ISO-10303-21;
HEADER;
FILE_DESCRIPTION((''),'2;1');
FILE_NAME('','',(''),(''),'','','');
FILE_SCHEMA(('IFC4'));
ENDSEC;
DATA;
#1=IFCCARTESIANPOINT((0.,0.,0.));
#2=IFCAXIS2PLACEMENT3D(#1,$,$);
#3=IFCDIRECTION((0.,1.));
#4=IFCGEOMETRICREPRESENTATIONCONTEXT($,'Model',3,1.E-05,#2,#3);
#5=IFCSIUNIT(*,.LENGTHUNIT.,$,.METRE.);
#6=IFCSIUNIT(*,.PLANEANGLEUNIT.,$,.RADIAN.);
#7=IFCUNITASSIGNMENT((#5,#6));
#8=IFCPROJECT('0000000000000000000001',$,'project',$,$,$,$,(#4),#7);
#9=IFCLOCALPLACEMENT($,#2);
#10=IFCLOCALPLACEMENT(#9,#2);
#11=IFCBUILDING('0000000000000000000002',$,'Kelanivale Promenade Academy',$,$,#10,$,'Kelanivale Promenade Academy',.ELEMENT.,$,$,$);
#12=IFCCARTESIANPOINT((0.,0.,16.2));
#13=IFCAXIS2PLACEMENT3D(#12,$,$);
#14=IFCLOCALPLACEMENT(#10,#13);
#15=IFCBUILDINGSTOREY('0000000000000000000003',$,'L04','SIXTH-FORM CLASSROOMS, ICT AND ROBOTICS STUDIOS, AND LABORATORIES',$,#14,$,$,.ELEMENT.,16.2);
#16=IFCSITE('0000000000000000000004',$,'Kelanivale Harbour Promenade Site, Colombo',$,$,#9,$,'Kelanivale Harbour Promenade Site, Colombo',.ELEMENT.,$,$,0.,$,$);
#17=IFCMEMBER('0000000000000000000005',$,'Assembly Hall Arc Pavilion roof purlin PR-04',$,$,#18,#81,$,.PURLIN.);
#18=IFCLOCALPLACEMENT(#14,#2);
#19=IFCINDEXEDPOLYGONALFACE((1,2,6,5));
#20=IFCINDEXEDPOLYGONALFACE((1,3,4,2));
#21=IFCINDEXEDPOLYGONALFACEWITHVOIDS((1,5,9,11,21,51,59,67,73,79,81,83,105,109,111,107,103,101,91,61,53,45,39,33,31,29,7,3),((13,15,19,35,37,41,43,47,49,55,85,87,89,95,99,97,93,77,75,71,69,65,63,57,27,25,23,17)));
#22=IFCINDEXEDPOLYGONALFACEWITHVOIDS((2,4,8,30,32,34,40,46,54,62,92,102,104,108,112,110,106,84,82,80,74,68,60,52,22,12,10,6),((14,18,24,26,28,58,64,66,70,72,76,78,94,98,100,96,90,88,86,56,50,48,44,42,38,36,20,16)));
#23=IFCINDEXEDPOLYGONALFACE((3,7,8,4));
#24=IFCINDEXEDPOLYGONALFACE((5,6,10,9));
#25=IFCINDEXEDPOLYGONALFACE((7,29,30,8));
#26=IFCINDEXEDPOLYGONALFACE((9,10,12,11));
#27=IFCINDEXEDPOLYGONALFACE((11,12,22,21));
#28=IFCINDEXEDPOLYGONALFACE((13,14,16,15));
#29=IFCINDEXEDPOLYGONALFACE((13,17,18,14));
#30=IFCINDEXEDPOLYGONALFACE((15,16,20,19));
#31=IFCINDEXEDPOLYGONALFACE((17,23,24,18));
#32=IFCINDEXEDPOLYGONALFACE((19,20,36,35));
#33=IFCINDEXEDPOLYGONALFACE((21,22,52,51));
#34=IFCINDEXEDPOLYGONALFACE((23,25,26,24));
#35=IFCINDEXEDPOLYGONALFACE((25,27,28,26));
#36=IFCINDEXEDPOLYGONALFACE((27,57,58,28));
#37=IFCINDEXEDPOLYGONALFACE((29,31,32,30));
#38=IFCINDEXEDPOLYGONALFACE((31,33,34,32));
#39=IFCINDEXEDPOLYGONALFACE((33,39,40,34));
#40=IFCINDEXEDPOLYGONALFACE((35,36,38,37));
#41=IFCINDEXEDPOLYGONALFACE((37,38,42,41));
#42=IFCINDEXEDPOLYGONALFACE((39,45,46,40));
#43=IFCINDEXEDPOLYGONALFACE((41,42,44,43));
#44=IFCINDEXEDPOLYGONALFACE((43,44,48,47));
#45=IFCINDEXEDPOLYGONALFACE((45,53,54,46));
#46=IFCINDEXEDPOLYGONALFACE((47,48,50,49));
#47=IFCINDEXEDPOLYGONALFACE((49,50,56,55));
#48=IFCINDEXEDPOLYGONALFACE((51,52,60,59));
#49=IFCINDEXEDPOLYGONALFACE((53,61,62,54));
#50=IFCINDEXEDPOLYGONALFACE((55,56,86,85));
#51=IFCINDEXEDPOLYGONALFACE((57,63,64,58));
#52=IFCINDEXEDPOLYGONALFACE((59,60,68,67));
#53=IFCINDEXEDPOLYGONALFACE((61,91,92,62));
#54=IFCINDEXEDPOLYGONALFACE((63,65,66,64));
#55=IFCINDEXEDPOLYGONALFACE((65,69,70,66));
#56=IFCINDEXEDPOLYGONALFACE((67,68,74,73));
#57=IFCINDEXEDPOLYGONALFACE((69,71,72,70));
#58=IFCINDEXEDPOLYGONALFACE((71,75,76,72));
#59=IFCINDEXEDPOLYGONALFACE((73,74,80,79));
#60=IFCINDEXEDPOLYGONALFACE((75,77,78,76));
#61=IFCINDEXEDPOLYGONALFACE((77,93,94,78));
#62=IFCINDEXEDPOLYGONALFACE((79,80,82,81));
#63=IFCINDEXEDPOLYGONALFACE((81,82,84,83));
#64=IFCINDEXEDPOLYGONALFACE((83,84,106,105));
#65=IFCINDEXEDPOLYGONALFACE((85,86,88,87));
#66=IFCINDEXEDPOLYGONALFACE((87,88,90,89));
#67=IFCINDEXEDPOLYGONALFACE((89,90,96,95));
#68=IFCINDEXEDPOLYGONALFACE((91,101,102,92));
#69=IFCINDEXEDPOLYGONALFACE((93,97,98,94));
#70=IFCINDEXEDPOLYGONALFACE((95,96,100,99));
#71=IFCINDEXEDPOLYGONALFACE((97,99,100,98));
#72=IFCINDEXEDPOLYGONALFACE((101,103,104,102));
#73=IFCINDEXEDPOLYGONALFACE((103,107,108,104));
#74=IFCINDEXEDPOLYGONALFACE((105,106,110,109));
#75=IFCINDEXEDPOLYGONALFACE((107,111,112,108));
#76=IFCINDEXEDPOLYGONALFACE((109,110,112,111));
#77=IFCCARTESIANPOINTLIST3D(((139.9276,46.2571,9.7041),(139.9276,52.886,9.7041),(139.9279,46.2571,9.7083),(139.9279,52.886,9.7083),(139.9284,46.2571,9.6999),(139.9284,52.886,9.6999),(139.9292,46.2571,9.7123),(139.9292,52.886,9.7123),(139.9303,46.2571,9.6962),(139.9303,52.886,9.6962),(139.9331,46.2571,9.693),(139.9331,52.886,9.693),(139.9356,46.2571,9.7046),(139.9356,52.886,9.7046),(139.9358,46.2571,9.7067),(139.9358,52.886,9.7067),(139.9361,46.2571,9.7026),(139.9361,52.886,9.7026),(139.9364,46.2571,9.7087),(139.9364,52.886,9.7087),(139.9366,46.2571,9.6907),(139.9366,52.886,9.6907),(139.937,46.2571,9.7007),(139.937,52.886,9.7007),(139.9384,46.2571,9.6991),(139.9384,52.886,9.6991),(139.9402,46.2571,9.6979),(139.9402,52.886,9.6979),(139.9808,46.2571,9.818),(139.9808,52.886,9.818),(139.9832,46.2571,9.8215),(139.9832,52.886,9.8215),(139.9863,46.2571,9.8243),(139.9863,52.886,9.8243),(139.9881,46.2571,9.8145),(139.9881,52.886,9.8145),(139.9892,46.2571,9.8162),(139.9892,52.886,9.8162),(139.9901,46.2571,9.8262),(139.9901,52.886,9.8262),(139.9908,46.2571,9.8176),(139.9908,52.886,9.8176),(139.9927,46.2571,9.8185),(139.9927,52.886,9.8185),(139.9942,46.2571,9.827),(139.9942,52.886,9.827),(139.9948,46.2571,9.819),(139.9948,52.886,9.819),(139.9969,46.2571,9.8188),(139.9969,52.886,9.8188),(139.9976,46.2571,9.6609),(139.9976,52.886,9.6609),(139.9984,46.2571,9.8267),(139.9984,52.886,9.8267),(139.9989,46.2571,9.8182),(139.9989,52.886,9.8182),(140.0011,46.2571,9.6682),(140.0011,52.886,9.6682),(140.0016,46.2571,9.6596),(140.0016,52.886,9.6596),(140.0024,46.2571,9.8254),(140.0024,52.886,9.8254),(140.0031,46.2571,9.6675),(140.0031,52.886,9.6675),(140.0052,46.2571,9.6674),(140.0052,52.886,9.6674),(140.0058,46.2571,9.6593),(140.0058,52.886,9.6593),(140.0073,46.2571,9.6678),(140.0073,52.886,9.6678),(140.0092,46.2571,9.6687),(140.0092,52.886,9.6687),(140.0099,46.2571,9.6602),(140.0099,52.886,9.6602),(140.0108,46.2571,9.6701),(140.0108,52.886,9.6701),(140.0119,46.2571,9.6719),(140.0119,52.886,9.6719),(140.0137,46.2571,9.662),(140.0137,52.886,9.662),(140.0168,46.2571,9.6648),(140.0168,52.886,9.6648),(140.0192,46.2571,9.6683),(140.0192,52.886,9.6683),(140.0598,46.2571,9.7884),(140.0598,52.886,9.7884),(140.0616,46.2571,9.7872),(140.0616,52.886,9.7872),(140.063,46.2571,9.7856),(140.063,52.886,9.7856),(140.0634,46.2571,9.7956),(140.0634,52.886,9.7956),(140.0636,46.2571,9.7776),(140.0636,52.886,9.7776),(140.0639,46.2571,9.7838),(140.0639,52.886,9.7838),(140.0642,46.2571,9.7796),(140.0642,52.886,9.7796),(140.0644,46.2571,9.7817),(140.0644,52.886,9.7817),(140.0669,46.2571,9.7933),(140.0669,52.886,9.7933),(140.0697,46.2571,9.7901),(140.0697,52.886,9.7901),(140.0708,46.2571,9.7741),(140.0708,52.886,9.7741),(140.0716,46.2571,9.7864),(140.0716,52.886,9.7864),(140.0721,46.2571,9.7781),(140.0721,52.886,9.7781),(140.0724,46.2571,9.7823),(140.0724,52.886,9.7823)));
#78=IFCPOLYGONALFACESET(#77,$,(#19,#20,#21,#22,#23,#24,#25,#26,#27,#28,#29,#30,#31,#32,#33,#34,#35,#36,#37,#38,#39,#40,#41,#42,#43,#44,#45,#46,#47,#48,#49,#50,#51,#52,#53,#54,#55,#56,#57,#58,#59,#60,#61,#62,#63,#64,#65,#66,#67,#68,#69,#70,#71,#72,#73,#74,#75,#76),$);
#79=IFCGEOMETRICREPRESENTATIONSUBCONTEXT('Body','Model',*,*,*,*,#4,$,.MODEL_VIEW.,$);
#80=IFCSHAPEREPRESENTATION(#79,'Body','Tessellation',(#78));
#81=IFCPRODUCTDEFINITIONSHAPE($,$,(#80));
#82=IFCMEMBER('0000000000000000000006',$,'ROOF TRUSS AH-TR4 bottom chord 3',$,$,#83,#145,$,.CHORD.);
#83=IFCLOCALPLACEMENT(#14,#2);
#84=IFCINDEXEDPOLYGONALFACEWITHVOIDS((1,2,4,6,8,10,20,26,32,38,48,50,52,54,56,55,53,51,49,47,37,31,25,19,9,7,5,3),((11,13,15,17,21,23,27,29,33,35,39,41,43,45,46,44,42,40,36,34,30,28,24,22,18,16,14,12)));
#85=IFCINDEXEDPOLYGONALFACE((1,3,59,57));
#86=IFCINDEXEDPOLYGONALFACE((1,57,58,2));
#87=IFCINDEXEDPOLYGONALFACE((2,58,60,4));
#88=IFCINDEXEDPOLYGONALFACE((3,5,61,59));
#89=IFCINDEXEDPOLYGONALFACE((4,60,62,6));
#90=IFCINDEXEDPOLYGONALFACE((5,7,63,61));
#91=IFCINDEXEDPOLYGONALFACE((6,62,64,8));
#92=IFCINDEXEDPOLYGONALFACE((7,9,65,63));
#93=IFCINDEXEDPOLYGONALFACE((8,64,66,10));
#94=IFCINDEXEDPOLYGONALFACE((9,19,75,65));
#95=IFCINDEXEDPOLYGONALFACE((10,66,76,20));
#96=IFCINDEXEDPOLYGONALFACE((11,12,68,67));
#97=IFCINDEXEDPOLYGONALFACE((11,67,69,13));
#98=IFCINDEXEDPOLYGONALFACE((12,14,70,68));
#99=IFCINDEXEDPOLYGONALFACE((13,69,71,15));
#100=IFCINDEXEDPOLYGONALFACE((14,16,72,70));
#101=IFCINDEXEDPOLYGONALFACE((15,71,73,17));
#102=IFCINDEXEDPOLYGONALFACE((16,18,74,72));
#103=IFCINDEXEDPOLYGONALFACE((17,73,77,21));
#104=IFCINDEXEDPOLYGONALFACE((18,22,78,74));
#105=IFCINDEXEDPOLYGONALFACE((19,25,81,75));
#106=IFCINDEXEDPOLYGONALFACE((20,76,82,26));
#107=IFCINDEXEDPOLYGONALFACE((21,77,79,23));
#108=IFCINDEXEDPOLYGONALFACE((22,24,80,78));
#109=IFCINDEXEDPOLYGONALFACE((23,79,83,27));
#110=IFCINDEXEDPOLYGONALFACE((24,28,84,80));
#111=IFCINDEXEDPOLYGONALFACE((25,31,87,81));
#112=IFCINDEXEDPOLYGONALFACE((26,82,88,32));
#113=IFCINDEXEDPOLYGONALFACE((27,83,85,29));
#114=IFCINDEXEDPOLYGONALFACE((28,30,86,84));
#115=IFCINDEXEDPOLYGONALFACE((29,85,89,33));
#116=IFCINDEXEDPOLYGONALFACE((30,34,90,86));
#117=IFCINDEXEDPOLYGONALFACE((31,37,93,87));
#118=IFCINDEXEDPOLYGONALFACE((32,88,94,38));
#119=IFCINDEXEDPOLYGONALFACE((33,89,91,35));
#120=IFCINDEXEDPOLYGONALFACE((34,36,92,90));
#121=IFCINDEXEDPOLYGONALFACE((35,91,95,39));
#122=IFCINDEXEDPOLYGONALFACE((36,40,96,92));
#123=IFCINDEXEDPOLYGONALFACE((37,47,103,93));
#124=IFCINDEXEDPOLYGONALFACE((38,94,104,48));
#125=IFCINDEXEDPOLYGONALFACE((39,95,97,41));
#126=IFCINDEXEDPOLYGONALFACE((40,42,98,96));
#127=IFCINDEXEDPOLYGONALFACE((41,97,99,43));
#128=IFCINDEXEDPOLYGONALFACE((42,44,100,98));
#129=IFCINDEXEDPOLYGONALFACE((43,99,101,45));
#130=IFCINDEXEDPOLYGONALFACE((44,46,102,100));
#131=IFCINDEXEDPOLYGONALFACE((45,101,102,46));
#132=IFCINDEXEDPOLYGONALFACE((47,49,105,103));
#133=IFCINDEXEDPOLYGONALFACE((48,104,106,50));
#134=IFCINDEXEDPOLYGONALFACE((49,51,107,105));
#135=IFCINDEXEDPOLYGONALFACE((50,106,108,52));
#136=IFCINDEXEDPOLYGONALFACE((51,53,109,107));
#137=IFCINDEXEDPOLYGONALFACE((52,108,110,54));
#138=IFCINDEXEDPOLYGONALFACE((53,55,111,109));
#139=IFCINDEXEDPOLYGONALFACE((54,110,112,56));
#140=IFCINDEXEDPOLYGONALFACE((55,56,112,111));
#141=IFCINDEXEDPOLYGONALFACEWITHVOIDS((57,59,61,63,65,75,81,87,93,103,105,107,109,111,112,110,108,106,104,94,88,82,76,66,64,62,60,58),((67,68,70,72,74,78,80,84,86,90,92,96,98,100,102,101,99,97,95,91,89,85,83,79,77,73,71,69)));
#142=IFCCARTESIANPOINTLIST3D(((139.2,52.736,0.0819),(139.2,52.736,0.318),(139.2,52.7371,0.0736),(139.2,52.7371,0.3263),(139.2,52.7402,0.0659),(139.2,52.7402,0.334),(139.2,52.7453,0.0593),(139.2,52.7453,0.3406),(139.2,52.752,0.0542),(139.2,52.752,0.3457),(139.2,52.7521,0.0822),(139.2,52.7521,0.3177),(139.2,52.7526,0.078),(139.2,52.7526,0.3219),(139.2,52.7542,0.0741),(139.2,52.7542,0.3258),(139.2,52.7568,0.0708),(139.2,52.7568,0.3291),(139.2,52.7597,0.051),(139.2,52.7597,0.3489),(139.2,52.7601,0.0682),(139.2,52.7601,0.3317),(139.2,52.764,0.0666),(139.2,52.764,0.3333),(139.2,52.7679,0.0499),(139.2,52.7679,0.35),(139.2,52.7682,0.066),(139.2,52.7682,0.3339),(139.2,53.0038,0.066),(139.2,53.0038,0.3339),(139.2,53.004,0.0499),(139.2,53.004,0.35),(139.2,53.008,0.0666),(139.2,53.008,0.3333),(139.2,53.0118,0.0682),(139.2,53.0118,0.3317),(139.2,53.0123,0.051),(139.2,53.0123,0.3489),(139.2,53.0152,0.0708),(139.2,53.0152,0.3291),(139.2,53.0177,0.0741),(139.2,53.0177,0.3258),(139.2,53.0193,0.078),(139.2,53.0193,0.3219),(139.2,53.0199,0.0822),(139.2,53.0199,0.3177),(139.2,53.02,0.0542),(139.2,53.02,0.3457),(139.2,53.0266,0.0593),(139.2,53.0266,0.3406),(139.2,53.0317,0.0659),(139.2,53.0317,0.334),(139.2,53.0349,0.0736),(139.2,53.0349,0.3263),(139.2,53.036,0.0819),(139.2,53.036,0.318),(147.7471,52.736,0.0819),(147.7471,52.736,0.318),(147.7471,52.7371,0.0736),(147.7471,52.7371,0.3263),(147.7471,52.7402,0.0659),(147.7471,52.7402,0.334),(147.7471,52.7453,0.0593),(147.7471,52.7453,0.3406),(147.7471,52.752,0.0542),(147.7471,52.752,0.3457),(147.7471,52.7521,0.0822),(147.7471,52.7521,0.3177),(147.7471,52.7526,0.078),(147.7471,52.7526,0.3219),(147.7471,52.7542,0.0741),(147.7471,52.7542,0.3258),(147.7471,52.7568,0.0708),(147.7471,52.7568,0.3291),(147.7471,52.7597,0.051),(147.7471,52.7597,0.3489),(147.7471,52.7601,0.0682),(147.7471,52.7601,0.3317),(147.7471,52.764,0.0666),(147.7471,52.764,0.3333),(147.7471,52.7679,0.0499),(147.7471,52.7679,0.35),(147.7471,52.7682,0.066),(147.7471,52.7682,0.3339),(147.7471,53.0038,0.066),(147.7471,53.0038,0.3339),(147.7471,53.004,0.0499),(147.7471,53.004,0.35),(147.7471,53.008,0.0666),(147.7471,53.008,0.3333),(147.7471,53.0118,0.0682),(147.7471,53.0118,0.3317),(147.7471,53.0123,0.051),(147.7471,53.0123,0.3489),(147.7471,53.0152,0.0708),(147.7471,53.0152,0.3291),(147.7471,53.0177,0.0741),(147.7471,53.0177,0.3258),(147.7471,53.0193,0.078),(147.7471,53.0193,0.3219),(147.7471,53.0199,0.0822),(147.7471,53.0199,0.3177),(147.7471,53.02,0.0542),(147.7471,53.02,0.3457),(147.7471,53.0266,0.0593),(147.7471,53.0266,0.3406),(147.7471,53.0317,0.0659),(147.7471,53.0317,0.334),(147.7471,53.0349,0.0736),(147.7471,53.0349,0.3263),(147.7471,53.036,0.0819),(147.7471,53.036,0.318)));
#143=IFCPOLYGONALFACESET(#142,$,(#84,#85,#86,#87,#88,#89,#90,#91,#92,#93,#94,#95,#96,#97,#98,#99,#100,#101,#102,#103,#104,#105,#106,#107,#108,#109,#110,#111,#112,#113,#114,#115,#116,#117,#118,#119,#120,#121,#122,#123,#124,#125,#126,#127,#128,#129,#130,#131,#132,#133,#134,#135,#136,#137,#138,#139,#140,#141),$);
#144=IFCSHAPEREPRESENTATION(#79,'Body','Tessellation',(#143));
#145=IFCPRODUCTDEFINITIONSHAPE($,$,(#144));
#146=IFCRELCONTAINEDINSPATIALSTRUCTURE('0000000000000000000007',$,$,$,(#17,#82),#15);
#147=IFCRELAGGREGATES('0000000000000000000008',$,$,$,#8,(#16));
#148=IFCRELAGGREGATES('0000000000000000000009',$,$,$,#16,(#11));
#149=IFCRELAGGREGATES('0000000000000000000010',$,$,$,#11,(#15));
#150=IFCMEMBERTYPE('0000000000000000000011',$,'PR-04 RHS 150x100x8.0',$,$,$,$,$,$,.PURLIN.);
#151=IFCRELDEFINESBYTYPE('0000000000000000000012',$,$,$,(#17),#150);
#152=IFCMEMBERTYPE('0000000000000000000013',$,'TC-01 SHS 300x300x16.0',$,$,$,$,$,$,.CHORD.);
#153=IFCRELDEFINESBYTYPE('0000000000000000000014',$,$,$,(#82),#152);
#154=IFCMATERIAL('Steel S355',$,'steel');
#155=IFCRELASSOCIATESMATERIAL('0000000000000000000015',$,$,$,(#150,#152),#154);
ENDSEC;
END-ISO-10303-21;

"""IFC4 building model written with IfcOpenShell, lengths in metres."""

from ifc_helpers import new_model, si_unit, direction, frame, origin, origin_2d, place, context, subcontext, project, spatial, hollow_rectangle, extrude, material, material_profile, profile_set, type_object, element, save


model = new_model("IFC4")

# Units and contexts
model_context = context("Model", 3, precision=1e-05, world=origin(), true_north=direction((0.0, 1.0)))
body_context = subcontext(model_context, "Body", "Model", "MODEL_VIEW")
ifc_project = project(units=[si_unit("LENGTHUNIT", "METRE"), si_unit("PLANEANGLEUNIT", "RADIAN")], contexts=[model_context])

# Site, building, storey
site_placement = place(None, origin())
site = spatial("IfcSite", under=ifc_project, at=site_placement, Name="Kelanivale Harbour Promenade Site, Colombo", LongName="Kelanivale Harbour Promenade Site, Colombo", CompositionType="ELEMENT", RefElevation=0.0)
building_placement = place(site_placement, origin())
building = spatial("IfcBuilding", under=site, at=building_placement, Name="Kelanivale Promenade Academy", LongName="Kelanivale Promenade Academy", CompositionType="ELEMENT")
storey_placement = place(building_placement, frame((0.0, 0.0, 16.2)))
storey = spatial("IfcBuildingStorey", under=building, at=storey_placement, Name="L04", Description="SIXTH-FORM CLASSROOMS, ICT AND ROBOTICS STUDIOS, AND LABORATORIES", CompositionType="ELEMENT", Elevation=16.2)

# Members
ifc_material_1 = material(Name="Steel S355", Category="steel")
ifc_material_profile_1 = material_profile(ifc_material_1, hollow_rectangle(XDim=0.1001, YDim=0.1499, WallThickness=0.0081, InnerFilletRadius=0.0081, OuterFilletRadius=0.0161, at=origin_2d()), Name="RHS 150x100x8.0")
ifc_profile_set_1 = profile_set([ifc_material_profile_1], Name="Steel S355")
member_type_1 = type_object("IfcMemberType", Name="PR-04 RHS 150x100x8.0", PredefinedType="PURLIN", material=ifc_profile_set_1)
member_1_placement = place(storey_placement, frame((140.0, 46.2571, 9.7432), z_axis=(0.0, 1.0, 0.0), x_axis=(-0.898564, 0.0, 0.438842)))
element("IfcMember", 1, at=member_1_placement, inside=storey, type_object=member_type_1, Name="Assembly Hall Arc Pavilion roof purlin PR-04", PredefinedType="PURLIN", context=body_context, shape_type="SweptSolid", body=[
    extrude(hollow_rectangle(XDim=0.1001, YDim=0.1499, WallThickness=0.0081, InnerFilletRadius=0.0081, OuterFilletRadius=0.0161, at=origin_2d()), origin(), (0.0, 0.0, 1.0), 6.6289),
])
ifc_material_profile_2 = material_profile(ifc_material_1, hollow_rectangle(XDim=0.3, YDim=0.3, WallThickness=0.0161, InnerFilletRadius=0.0161, OuterFilletRadius=0.032, at=origin_2d()), Name="SHS 300x300x16.0")
ifc_profile_set_2 = profile_set([ifc_material_profile_2], Name="Steel S355")
member_type_2 = type_object("IfcMemberType", Name="TC-01 SHS 300x300x16.0", PredefinedType="CHORD", material=ifc_profile_set_2)
member_2_placement = place(storey_placement, frame((139.2, 52.886, 0.2), z_axis=(1.0, 0.0, 0.0), x_axis=(0.0, 1.0, 0.0)))
element("IfcMember", 2, at=member_2_placement, inside=storey, type_object=member_type_2, Name="ROOF TRUSS AH-TR4 bottom chord 3", PredefinedType="CHORD", context=body_context, shape_type="SweptSolid", body=[
    extrude(hollow_rectangle(XDim=0.3, YDim=0.3, WallThickness=0.0161, InnerFilletRadius=0.0161, OuterFilletRadius=0.032, at=origin_2d()), origin(), (0.0, 0.0, 1.0), 8.5471),
])

save(model, "model.ifc")
